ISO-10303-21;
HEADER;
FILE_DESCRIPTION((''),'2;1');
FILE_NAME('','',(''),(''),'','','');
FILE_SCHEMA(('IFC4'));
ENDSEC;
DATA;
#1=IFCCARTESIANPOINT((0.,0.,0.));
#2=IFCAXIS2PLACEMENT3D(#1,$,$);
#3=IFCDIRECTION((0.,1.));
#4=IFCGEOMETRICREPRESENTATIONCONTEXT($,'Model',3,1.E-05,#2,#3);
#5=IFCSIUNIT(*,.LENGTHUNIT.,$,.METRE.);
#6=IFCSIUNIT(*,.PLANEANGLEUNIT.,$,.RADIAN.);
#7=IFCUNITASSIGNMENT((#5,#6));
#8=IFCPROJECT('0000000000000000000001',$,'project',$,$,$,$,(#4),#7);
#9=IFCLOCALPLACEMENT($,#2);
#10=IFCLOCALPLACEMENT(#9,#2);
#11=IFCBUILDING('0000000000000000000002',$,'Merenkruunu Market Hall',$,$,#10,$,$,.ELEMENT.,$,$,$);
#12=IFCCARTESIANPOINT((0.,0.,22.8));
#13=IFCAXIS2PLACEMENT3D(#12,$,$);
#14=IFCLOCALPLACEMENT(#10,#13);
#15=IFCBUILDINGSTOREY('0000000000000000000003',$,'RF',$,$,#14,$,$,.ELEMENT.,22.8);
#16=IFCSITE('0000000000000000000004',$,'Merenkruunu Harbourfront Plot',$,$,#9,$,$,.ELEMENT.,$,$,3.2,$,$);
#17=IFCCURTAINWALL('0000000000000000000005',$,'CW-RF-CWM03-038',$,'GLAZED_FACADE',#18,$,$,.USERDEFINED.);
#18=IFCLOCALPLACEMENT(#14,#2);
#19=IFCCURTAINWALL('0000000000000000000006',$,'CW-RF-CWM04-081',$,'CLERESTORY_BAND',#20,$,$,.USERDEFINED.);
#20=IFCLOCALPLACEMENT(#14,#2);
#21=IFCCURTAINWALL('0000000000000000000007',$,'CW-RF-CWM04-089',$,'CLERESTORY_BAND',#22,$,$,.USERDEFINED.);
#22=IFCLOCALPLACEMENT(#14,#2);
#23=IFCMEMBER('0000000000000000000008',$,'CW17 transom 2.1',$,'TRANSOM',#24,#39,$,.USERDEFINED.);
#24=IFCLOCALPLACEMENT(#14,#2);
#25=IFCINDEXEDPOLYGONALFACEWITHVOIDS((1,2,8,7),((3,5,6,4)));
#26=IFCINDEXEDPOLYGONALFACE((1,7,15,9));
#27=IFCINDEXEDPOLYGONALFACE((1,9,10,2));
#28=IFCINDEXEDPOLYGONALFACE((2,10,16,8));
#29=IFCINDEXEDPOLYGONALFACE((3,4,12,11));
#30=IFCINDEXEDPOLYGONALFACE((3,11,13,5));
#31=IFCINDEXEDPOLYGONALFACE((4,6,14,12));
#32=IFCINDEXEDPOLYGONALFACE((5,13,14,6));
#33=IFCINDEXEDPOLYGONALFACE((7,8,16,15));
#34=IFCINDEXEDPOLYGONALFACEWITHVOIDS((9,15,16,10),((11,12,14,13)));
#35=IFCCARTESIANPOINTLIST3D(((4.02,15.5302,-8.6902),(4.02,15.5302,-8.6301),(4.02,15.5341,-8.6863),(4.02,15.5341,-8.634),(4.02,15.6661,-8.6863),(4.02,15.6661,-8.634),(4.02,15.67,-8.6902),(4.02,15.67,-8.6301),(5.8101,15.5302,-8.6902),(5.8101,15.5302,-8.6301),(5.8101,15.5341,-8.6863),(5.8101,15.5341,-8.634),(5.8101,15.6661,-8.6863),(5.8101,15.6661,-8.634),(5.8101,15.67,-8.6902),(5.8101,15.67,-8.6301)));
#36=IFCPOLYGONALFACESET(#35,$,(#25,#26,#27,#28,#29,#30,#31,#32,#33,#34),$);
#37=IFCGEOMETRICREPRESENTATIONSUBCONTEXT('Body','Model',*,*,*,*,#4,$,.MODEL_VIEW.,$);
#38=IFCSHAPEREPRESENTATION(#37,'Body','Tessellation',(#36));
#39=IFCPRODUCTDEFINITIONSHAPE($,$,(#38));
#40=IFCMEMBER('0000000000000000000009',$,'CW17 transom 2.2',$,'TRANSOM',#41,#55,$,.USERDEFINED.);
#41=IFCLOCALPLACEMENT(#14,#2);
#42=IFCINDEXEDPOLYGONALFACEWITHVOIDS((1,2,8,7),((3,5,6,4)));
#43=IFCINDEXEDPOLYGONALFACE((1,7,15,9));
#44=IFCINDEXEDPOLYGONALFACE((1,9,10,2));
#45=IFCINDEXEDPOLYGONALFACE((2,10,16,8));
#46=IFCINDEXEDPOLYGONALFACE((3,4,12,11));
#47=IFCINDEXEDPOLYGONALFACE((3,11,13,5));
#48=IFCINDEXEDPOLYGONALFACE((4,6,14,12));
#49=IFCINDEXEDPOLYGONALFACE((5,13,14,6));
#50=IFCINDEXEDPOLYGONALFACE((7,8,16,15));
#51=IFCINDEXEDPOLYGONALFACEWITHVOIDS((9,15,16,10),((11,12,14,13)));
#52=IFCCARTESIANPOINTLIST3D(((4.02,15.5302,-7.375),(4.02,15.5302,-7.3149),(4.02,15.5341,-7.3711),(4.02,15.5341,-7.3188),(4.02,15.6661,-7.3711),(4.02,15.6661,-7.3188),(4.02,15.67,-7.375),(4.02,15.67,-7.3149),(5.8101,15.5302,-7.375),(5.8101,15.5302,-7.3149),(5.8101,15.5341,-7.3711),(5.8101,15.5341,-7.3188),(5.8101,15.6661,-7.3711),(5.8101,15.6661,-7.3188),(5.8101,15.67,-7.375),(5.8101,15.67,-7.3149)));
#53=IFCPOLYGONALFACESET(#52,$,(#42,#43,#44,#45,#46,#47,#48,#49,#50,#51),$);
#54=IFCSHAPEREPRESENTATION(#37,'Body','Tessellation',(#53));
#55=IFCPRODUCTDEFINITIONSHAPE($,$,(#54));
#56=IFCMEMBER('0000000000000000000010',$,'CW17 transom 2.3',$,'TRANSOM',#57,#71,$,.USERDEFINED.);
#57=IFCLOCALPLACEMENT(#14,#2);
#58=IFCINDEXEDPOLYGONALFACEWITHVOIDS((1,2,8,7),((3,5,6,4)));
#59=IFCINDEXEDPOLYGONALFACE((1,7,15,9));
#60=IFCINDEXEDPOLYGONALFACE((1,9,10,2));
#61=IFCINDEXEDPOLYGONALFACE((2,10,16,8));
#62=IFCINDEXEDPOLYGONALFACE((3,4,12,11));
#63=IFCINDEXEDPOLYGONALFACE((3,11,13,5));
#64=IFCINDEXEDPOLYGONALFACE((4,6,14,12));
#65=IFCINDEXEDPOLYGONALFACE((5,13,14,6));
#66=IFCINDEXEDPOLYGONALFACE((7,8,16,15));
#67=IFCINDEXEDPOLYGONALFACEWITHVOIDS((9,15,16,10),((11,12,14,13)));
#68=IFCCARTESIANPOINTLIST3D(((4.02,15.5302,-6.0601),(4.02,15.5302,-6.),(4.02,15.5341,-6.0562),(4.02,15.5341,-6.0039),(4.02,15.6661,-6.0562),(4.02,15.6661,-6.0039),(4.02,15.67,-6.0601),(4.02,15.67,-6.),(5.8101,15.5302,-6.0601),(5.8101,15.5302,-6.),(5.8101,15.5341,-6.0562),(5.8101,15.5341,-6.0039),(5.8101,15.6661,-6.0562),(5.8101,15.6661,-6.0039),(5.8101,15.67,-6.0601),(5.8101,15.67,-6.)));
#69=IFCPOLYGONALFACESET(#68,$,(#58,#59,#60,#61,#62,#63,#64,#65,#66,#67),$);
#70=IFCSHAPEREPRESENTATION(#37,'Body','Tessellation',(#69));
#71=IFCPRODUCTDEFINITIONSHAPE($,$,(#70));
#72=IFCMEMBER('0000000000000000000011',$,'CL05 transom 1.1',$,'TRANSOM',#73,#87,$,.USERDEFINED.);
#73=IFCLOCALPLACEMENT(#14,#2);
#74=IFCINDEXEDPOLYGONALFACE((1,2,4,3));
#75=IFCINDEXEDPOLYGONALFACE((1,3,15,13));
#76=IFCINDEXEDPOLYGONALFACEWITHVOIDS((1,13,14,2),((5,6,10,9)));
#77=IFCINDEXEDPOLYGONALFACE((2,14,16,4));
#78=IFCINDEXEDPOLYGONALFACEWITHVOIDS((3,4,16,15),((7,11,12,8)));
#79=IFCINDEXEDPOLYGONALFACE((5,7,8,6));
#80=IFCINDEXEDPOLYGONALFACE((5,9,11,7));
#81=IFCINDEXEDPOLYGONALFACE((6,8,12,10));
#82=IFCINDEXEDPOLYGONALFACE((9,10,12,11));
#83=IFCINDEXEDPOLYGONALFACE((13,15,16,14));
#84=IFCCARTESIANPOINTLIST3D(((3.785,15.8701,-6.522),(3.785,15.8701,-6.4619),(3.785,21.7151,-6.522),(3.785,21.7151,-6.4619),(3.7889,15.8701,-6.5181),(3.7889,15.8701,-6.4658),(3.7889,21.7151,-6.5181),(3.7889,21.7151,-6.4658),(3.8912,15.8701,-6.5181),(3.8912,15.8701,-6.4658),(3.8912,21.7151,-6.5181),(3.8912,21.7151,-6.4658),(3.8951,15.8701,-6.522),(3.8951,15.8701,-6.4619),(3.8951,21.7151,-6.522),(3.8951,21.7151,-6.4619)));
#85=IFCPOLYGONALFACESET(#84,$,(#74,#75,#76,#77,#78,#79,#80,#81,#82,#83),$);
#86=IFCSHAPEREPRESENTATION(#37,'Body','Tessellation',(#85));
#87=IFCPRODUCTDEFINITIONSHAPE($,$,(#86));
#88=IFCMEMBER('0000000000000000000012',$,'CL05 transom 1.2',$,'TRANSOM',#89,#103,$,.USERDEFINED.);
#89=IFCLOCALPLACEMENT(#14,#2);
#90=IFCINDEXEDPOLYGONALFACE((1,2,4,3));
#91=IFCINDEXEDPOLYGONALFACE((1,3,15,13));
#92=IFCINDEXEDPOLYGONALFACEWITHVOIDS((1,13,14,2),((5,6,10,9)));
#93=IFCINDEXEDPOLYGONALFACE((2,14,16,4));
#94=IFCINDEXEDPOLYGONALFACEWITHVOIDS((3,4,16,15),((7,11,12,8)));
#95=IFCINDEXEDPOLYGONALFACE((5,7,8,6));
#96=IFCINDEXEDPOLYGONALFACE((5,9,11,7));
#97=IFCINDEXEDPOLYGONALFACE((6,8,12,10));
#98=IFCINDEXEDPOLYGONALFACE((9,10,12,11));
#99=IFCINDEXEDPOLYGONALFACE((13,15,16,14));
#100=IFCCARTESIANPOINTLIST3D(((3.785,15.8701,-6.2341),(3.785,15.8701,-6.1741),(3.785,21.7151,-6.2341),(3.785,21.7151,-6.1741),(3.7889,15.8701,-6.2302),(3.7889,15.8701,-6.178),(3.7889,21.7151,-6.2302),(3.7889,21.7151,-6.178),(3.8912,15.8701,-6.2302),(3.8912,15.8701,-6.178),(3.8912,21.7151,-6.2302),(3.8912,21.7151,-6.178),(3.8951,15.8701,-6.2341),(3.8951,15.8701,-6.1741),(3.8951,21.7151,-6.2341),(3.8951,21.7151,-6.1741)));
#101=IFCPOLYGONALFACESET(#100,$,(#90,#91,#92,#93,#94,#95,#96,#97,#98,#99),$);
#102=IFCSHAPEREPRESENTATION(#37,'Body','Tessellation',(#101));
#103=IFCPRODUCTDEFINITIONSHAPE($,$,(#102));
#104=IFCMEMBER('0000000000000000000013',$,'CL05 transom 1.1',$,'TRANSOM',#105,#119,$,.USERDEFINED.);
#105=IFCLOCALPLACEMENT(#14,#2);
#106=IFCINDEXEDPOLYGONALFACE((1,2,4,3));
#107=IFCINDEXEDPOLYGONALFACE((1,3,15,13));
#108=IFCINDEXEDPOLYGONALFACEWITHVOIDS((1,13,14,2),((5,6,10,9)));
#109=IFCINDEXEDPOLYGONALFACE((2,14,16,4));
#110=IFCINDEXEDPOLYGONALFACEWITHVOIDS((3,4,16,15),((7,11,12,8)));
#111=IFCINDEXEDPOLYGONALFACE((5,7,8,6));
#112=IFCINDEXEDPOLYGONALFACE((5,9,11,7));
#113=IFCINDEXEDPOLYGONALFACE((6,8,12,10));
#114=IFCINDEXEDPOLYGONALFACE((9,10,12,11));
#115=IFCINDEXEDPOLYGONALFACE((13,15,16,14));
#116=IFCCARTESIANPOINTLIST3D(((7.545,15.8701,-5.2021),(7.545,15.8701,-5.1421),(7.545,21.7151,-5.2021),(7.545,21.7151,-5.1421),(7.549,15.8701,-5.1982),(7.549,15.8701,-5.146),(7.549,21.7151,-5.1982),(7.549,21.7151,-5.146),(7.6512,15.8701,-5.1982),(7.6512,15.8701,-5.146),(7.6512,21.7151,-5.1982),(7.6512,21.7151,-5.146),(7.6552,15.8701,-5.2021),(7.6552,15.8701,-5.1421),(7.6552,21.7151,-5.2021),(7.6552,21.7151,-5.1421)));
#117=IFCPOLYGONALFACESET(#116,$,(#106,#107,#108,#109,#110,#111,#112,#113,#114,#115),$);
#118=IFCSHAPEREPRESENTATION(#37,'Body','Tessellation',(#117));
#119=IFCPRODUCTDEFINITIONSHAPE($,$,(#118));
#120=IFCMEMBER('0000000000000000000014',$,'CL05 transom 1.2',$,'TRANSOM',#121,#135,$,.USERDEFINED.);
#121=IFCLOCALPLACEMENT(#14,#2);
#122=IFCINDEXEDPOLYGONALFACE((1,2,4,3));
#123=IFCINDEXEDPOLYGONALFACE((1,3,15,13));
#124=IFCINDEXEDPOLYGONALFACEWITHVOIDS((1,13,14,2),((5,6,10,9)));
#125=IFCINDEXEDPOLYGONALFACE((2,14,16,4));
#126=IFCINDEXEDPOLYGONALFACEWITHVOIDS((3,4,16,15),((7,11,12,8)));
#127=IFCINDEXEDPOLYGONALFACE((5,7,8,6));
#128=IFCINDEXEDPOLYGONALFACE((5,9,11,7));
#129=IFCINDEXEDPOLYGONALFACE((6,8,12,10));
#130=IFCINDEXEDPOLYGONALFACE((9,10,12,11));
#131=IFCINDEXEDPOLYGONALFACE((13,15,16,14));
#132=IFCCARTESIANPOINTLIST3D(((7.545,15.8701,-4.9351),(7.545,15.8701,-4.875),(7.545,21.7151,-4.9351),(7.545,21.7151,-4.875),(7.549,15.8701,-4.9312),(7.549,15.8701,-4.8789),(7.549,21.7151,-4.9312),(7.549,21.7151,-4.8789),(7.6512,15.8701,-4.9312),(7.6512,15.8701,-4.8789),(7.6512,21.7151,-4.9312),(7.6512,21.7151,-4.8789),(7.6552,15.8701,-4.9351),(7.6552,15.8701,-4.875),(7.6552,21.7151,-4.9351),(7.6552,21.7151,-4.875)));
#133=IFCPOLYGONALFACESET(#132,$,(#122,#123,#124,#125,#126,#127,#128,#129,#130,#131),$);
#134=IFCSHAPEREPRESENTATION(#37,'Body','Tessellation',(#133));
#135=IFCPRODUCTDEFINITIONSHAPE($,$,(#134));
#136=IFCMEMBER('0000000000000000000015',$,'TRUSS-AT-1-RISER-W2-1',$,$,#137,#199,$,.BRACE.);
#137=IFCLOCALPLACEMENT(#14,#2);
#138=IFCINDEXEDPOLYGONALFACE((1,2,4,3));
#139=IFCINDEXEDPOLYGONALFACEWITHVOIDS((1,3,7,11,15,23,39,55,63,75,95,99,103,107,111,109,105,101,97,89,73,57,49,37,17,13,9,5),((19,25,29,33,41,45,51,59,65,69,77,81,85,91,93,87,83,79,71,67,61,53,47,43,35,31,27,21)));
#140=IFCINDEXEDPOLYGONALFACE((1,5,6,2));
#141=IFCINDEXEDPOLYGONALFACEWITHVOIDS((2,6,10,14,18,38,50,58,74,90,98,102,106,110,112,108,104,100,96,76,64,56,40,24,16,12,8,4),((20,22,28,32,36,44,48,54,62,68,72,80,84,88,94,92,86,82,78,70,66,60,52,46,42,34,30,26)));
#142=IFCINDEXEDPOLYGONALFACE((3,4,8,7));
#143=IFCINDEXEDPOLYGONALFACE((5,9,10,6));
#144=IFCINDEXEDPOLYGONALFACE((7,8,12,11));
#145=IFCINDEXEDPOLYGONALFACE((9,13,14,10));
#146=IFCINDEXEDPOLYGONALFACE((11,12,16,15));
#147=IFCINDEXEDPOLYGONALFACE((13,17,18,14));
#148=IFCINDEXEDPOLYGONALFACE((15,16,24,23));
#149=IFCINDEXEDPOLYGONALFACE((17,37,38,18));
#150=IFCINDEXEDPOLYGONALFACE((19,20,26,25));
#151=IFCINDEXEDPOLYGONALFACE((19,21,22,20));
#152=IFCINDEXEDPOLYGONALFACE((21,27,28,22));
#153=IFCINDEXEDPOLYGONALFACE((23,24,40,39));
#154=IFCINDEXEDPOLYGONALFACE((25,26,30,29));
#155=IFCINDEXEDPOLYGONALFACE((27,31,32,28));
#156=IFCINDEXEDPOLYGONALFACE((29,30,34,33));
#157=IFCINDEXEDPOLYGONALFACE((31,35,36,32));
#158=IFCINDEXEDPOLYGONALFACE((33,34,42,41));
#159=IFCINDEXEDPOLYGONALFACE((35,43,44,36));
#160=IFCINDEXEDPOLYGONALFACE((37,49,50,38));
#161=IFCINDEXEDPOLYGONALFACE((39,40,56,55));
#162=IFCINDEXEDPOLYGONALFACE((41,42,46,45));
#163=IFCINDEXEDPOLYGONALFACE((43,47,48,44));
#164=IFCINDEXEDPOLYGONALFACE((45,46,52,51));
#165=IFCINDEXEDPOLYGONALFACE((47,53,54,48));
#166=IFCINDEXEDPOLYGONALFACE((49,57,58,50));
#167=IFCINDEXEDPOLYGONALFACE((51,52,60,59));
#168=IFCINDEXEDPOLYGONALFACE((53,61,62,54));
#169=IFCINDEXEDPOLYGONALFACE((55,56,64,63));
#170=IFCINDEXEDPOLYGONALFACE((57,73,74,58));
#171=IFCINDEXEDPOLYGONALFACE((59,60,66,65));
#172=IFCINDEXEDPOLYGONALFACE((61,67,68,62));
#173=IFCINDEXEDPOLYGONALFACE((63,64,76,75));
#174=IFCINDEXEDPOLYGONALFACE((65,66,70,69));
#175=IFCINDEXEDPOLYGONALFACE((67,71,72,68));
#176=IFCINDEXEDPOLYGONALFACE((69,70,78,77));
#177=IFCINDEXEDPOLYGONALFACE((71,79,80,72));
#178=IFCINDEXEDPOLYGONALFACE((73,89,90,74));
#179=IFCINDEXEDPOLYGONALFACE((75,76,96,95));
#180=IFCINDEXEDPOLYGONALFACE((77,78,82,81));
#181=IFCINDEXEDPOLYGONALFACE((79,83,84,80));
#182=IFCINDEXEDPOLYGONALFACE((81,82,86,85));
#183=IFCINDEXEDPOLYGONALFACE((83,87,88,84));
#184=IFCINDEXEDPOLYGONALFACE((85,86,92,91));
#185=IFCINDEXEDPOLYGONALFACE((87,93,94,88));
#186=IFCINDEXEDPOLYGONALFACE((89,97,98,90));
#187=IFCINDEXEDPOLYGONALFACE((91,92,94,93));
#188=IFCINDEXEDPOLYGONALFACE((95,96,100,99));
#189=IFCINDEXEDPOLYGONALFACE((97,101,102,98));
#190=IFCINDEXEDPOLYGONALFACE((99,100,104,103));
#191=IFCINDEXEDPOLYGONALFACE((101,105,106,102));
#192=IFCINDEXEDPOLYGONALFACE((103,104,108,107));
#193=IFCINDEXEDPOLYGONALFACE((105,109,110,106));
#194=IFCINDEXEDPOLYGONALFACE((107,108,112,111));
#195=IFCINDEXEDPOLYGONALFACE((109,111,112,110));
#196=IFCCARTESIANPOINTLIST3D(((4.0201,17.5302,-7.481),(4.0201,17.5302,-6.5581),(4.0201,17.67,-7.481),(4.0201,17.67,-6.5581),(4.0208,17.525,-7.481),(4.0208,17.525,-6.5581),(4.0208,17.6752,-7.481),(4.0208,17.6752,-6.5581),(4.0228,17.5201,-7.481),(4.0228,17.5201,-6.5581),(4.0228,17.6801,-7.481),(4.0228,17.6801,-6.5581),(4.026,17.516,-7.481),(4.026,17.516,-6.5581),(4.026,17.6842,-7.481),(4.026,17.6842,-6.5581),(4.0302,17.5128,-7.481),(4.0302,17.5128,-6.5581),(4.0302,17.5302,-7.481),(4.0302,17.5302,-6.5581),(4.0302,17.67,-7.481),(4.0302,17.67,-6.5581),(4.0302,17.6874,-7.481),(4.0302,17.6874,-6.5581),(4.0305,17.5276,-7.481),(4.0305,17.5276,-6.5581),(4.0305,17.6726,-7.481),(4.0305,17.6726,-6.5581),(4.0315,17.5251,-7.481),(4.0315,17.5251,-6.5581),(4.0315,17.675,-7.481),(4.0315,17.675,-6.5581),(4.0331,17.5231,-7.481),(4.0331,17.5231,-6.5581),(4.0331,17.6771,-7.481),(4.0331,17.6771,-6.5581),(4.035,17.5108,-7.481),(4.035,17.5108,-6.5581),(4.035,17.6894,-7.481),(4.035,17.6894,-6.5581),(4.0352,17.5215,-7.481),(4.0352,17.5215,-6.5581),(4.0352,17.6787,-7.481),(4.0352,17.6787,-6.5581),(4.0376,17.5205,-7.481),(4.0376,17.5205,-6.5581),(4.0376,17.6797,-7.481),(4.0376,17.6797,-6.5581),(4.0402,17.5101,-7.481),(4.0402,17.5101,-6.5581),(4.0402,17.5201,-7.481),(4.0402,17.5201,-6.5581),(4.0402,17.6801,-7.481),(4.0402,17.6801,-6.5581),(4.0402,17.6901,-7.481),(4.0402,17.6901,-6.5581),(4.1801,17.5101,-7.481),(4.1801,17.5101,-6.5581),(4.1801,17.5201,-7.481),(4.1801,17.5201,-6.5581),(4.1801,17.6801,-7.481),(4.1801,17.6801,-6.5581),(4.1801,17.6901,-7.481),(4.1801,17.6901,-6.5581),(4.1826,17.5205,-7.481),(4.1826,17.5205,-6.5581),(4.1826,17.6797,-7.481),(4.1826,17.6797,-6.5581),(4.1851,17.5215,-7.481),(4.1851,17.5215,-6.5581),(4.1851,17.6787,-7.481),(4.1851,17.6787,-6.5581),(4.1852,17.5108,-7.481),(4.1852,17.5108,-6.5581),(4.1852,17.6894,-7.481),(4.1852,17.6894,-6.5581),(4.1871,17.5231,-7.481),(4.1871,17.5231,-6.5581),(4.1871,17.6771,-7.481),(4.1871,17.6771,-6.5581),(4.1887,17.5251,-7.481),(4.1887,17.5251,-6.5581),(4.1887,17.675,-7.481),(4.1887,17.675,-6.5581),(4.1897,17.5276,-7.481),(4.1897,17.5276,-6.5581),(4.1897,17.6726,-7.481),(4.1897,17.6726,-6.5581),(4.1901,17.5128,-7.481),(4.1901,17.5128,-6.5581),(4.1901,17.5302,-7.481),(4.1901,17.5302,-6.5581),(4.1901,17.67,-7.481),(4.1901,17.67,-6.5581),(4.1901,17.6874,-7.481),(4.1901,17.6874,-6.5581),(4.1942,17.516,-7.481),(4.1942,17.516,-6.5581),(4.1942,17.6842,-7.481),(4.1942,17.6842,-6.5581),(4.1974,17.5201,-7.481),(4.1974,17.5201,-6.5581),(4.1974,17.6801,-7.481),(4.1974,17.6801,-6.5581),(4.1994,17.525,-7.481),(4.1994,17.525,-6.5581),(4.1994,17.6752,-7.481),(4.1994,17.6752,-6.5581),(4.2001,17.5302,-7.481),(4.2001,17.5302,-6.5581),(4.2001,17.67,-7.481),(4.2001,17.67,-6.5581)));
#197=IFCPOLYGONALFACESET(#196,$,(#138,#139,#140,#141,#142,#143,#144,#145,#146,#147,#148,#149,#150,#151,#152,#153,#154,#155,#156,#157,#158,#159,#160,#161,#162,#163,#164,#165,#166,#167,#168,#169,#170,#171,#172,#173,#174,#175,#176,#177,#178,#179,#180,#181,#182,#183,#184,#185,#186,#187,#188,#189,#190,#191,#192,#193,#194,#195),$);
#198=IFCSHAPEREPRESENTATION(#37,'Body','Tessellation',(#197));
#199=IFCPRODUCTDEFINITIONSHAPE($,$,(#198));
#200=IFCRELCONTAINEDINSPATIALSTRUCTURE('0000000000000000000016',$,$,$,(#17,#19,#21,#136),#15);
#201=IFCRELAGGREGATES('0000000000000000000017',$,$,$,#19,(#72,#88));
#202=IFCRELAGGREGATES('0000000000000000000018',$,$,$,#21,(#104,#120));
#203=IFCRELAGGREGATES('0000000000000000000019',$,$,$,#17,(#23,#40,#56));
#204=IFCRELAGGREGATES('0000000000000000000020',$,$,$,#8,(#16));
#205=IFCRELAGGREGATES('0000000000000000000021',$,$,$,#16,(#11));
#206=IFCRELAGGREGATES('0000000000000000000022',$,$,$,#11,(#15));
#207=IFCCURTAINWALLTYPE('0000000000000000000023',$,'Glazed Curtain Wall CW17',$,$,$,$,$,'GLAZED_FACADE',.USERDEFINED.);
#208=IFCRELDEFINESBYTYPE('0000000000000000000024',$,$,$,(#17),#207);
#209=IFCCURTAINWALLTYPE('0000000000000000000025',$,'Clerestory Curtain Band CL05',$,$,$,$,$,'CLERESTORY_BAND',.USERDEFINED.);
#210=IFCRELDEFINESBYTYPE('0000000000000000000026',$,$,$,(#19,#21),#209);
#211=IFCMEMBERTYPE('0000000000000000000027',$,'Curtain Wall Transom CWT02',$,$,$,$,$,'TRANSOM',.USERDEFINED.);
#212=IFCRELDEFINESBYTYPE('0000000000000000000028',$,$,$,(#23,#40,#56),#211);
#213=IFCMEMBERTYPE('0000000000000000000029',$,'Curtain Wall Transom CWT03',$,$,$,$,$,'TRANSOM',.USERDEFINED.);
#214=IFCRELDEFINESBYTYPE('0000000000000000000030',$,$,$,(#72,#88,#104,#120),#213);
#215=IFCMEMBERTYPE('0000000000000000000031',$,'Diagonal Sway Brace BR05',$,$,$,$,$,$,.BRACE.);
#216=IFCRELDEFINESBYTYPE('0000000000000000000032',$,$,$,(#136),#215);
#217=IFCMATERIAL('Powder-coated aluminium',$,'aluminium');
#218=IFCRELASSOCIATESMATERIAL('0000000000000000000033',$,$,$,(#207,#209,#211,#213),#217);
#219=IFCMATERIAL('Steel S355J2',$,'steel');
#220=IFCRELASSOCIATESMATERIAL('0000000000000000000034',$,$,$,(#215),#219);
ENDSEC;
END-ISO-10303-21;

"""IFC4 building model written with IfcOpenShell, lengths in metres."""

from ifc_helpers import new_model, si_unit, direction, frame, origin, origin_2d, place, context, subcontext, project, spatial, hollow_rectangle, extrude, material, material_profile, profile_set, type_object, element, aggregate, save


model = new_model("IFC4")

# Units and contexts
model_context = context("Model", 3, precision=1e-05, world=origin(), true_north=direction((0.0, 1.0)))
body_context = subcontext(model_context, "Body", "Model", "MODEL_VIEW")
ifc_project = project(units=[si_unit("LENGTHUNIT", "METRE"), si_unit("PLANEANGLEUNIT", "RADIAN")], contexts=[model_context])

# Site, building, storey
site_placement = place(None, origin())
site = spatial("IfcSite", under=ifc_project, at=site_placement, Name="Merenkruunu Harbourfront Plot", CompositionType="ELEMENT", RefElevation=3.2)
building_placement = place(site_placement, origin())
building = spatial("IfcBuilding", under=site, at=building_placement, Name="Merenkruunu Market Hall", CompositionType="ELEMENT")
storey_placement = place(building_placement, frame((0.0, 0.0, 22.8)))
storey = spatial("IfcBuildingStorey", under=building, at=storey_placement, Name="RF", CompositionType="ELEMENT", Elevation=22.8)

# Shared definitions
ifc_material_1 = material(Name="Powder-coated aluminium", Category="aluminium")

# Curtain wall
curtain_wall_type_1 = type_object("IfcCurtainWallType", Name="Glazed Curtain Wall CW17", ElementType="GLAZED_FACADE", PredefinedType="USERDEFINED", material=ifc_material_1)
curtain_wall_1_placement = place(storey_placement, origin())
curtain_wall_1 = element("IfcCurtainWall", 1, at=curtain_wall_1_placement, inside=storey, type_object=curtain_wall_type_1, Name="CW-RF-CWM03-038", ObjectType="GLAZED_FACADE", PredefinedType="USERDEFINED")

# Curtain walls
curtain_wall_type_2 = type_object("IfcCurtainWallType", Name="Clerestory Curtain Band CL05", ElementType="CLERESTORY_BAND", PredefinedType="USERDEFINED", material=ifc_material_1)
curtain_wall_2_placement = place(storey_placement, origin())
curtain_wall_2 = element("IfcCurtainWall", 2, at=curtain_wall_2_placement, inside=storey, type_object=curtain_wall_type_2, Name="CW-RF-CWM04-081", ObjectType="CLERESTORY_BAND", PredefinedType="USERDEFINED")
curtain_wall_3_placement = place(storey_placement, origin())
curtain_wall_3 = element("IfcCurtainWall", 3, at=curtain_wall_3_placement, inside=storey, type_object=curtain_wall_type_2, Name="CW-RF-CWM04-089", ObjectType="CLERESTORY_BAND", PredefinedType="USERDEFINED")

# Members
ifc_material_profile_1 = material_profile(ifc_material_1, hollow_rectangle(XDim=0.0601, YDim=0.1399, WallThickness=0.0039, at=origin_2d()), Name="ALU 60x140x4")
ifc_profile_set_1 = profile_set([ifc_material_profile_1], Name="Powder-coated aluminium")
member_type_1 = type_object("IfcMemberType", Name="Curtain Wall Transom CWT02", ElementType="TRANSOM", PredefinedType="USERDEFINED", material=ifc_profile_set_1)
member_1_placement = place(storey_placement, frame((5.8101, 15.6001, -8.6602), z_axis=(-1.0, 0.0, 0.0), x_axis=(0.0, 0.0, 1.0)))
member_1 = element("IfcMember", 4, at=member_1_placement, type_object=member_type_1, Name="CW17 transom 2.1", ObjectType="TRANSOM", PredefinedType="USERDEFINED", context=body_context, shape_type="SweptSolid", body=[
    extrude(hollow_rectangle(XDim=0.0601, YDim=0.1399, WallThickness=0.0039, at=origin_2d()), origin(), (0.0, 0.0, 1.0), 1.79),
])
member_2_placement = place(storey_placement, frame((5.8101, 15.6001, -7.345), z_axis=(-1.0, 0.0, 0.0), x_axis=(0.0, 0.0, 1.0)))
member_2 = element("IfcMember", 5, at=member_2_placement, type_object=member_type_1, Name="CW17 transom 2.2", ObjectType="TRANSOM", PredefinedType="USERDEFINED", context=body_context, shape_type="SweptSolid", body=[
    extrude(hollow_rectangle(XDim=0.0601, YDim=0.1399, WallThickness=0.0039, at=origin_2d()), origin(), (0.0, 0.0, 1.0), 1.79),
])
member_3_placement = place(storey_placement, frame((5.8101, 15.6001, -6.03), z_axis=(-1.0, 0.0, 0.0), x_axis=(0.0, 0.0, 1.0)))
member_3 = element("IfcMember", 6, at=member_3_placement, type_object=member_type_1, Name="CW17 transom 2.3", ObjectType="TRANSOM", PredefinedType="USERDEFINED", context=body_context, shape_type="SweptSolid", body=[
    extrude(hollow_rectangle(XDim=0.0601, YDim=0.1399, WallThickness=0.0039, at=origin_2d()), origin(), (0.0, 0.0, 1.0), 1.79),
])
ifc_material_profile_2 = material_profile(ifc_material_1, hollow_rectangle(XDim=0.0601, YDim=0.1101, WallThickness=0.0039, at=origin_2d()), Name="ALU 60x110x4")
ifc_profile_set_2 = profile_set([ifc_material_profile_2], Name="Powder-coated aluminium")
member_type_2 = type_object("IfcMemberType", Name="Curtain Wall Transom CWT03", ElementType="TRANSOM", PredefinedType="USERDEFINED", material=ifc_profile_set_2)
member_4_placement = place(storey_placement, frame((3.8401, 15.8701, -6.4919), z_axis=(0.0, 1.0, 0.0), x_axis=(0.0, 0.0, 1.0)))
member_4 = element("IfcMember", 7, at=member_4_placement, type_object=member_type_2, Name="CL05 transom 1.1", ObjectType="TRANSOM", PredefinedType="USERDEFINED", context=body_context, shape_type="SweptSolid", body=[
    extrude(hollow_rectangle(XDim=0.0601, YDim=0.1101, WallThickness=0.0039, at=origin_2d()), origin(), (0.0, 0.0, 1.0), 5.845),
])
member_5_placement = place(storey_placement, frame((3.8401, 15.8701, -6.2041), z_axis=(0.0, 1.0, 0.0), x_axis=(0.0, 0.0, 1.0)))
member_5 = element("IfcMember", 8, at=member_5_placement, type_object=member_type_2, Name="CL05 transom 1.2", ObjectType="TRANSOM", PredefinedType="USERDEFINED", context=body_context, shape_type="SweptSolid", body=[
    extrude(hollow_rectangle(XDim=0.0601, YDim=0.1101, WallThickness=0.0039, at=origin_2d()), origin(), (0.0, 0.0, 1.0), 5.845),
])
aggregate(curtain_wall_2, [member_4, member_5])
member_6_placement = place(storey_placement, frame((7.6001, 15.8701, -5.1721), z_axis=(0.0, 1.0, 0.0), x_axis=(0.0, 0.0, 1.0)))
member_6 = element("IfcMember", 9, at=member_6_placement, type_object=member_type_2, Name="CL05 transom 1.1", ObjectType="TRANSOM", PredefinedType="USERDEFINED", context=body_context, shape_type="SweptSolid", body=[
    extrude(hollow_rectangle(XDim=0.0601, YDim=0.1101, WallThickness=0.0039, at=origin_2d()), origin(), (0.0, 0.0, 1.0), 5.845),
])
member_7_placement = place(storey_placement, frame((7.6001, 15.8701, -4.905), z_axis=(0.0, 1.0, 0.0), x_axis=(0.0, 0.0, 1.0)))
member_7 = element("IfcMember", 10, at=member_7_placement, type_object=member_type_2, Name="CL05 transom 1.2", ObjectType="TRANSOM", PredefinedType="USERDEFINED", context=body_context, shape_type="SweptSolid", body=[
    extrude(hollow_rectangle(XDim=0.0601, YDim=0.1101, WallThickness=0.0039, at=origin_2d()), origin(), (0.0, 0.0, 1.0), 5.845),
])
aggregate(curtain_wall_3, [member_6, member_7])
ifc_material_2 = material(Name="Steel S355J2", Category="steel")
ifc_material_profile_3 = material_profile(ifc_material_2, hollow_rectangle(XDim=0.1799, YDim=0.1799, WallThickness=0.01, InnerFilletRadius=0.01, OuterFilletRadius=0.02, at=origin_2d()), Name="SHS 180x180x10")
ifc_profile_set_3 = profile_set([ifc_material_profile_3], Name="Steel S355J2")
member_type_3 = type_object("IfcMemberType", Name="Diagonal Sway Brace BR05", PredefinedType="BRACE", material=ifc_profile_set_3)
member_8_placement = place(storey_placement, frame((4.1101, 17.6001, -7.481), z_axis=(0.0, 0.0, 1.0), x_axis=(1.0, 0.0, 0.0)))
element("IfcMember", 11, at=member_8_placement, inside=storey, type_object=member_type_3, Name="TRUSS-AT-1-RISER-W2-1", PredefinedType="BRACE", context=body_context, shape_type="SweptSolid", body=[
    extrude(hollow_rectangle(XDim=0.1799, YDim=0.1799, WallThickness=0.01, InnerFilletRadius=0.01, OuterFilletRadius=0.02, at=origin_2d()), origin(), (0.0, 0.0, 1.0), 0.9229),
])

aggregate(curtain_wall_1, [member_1, member_2, member_3])

save(model, "model.ifc")
